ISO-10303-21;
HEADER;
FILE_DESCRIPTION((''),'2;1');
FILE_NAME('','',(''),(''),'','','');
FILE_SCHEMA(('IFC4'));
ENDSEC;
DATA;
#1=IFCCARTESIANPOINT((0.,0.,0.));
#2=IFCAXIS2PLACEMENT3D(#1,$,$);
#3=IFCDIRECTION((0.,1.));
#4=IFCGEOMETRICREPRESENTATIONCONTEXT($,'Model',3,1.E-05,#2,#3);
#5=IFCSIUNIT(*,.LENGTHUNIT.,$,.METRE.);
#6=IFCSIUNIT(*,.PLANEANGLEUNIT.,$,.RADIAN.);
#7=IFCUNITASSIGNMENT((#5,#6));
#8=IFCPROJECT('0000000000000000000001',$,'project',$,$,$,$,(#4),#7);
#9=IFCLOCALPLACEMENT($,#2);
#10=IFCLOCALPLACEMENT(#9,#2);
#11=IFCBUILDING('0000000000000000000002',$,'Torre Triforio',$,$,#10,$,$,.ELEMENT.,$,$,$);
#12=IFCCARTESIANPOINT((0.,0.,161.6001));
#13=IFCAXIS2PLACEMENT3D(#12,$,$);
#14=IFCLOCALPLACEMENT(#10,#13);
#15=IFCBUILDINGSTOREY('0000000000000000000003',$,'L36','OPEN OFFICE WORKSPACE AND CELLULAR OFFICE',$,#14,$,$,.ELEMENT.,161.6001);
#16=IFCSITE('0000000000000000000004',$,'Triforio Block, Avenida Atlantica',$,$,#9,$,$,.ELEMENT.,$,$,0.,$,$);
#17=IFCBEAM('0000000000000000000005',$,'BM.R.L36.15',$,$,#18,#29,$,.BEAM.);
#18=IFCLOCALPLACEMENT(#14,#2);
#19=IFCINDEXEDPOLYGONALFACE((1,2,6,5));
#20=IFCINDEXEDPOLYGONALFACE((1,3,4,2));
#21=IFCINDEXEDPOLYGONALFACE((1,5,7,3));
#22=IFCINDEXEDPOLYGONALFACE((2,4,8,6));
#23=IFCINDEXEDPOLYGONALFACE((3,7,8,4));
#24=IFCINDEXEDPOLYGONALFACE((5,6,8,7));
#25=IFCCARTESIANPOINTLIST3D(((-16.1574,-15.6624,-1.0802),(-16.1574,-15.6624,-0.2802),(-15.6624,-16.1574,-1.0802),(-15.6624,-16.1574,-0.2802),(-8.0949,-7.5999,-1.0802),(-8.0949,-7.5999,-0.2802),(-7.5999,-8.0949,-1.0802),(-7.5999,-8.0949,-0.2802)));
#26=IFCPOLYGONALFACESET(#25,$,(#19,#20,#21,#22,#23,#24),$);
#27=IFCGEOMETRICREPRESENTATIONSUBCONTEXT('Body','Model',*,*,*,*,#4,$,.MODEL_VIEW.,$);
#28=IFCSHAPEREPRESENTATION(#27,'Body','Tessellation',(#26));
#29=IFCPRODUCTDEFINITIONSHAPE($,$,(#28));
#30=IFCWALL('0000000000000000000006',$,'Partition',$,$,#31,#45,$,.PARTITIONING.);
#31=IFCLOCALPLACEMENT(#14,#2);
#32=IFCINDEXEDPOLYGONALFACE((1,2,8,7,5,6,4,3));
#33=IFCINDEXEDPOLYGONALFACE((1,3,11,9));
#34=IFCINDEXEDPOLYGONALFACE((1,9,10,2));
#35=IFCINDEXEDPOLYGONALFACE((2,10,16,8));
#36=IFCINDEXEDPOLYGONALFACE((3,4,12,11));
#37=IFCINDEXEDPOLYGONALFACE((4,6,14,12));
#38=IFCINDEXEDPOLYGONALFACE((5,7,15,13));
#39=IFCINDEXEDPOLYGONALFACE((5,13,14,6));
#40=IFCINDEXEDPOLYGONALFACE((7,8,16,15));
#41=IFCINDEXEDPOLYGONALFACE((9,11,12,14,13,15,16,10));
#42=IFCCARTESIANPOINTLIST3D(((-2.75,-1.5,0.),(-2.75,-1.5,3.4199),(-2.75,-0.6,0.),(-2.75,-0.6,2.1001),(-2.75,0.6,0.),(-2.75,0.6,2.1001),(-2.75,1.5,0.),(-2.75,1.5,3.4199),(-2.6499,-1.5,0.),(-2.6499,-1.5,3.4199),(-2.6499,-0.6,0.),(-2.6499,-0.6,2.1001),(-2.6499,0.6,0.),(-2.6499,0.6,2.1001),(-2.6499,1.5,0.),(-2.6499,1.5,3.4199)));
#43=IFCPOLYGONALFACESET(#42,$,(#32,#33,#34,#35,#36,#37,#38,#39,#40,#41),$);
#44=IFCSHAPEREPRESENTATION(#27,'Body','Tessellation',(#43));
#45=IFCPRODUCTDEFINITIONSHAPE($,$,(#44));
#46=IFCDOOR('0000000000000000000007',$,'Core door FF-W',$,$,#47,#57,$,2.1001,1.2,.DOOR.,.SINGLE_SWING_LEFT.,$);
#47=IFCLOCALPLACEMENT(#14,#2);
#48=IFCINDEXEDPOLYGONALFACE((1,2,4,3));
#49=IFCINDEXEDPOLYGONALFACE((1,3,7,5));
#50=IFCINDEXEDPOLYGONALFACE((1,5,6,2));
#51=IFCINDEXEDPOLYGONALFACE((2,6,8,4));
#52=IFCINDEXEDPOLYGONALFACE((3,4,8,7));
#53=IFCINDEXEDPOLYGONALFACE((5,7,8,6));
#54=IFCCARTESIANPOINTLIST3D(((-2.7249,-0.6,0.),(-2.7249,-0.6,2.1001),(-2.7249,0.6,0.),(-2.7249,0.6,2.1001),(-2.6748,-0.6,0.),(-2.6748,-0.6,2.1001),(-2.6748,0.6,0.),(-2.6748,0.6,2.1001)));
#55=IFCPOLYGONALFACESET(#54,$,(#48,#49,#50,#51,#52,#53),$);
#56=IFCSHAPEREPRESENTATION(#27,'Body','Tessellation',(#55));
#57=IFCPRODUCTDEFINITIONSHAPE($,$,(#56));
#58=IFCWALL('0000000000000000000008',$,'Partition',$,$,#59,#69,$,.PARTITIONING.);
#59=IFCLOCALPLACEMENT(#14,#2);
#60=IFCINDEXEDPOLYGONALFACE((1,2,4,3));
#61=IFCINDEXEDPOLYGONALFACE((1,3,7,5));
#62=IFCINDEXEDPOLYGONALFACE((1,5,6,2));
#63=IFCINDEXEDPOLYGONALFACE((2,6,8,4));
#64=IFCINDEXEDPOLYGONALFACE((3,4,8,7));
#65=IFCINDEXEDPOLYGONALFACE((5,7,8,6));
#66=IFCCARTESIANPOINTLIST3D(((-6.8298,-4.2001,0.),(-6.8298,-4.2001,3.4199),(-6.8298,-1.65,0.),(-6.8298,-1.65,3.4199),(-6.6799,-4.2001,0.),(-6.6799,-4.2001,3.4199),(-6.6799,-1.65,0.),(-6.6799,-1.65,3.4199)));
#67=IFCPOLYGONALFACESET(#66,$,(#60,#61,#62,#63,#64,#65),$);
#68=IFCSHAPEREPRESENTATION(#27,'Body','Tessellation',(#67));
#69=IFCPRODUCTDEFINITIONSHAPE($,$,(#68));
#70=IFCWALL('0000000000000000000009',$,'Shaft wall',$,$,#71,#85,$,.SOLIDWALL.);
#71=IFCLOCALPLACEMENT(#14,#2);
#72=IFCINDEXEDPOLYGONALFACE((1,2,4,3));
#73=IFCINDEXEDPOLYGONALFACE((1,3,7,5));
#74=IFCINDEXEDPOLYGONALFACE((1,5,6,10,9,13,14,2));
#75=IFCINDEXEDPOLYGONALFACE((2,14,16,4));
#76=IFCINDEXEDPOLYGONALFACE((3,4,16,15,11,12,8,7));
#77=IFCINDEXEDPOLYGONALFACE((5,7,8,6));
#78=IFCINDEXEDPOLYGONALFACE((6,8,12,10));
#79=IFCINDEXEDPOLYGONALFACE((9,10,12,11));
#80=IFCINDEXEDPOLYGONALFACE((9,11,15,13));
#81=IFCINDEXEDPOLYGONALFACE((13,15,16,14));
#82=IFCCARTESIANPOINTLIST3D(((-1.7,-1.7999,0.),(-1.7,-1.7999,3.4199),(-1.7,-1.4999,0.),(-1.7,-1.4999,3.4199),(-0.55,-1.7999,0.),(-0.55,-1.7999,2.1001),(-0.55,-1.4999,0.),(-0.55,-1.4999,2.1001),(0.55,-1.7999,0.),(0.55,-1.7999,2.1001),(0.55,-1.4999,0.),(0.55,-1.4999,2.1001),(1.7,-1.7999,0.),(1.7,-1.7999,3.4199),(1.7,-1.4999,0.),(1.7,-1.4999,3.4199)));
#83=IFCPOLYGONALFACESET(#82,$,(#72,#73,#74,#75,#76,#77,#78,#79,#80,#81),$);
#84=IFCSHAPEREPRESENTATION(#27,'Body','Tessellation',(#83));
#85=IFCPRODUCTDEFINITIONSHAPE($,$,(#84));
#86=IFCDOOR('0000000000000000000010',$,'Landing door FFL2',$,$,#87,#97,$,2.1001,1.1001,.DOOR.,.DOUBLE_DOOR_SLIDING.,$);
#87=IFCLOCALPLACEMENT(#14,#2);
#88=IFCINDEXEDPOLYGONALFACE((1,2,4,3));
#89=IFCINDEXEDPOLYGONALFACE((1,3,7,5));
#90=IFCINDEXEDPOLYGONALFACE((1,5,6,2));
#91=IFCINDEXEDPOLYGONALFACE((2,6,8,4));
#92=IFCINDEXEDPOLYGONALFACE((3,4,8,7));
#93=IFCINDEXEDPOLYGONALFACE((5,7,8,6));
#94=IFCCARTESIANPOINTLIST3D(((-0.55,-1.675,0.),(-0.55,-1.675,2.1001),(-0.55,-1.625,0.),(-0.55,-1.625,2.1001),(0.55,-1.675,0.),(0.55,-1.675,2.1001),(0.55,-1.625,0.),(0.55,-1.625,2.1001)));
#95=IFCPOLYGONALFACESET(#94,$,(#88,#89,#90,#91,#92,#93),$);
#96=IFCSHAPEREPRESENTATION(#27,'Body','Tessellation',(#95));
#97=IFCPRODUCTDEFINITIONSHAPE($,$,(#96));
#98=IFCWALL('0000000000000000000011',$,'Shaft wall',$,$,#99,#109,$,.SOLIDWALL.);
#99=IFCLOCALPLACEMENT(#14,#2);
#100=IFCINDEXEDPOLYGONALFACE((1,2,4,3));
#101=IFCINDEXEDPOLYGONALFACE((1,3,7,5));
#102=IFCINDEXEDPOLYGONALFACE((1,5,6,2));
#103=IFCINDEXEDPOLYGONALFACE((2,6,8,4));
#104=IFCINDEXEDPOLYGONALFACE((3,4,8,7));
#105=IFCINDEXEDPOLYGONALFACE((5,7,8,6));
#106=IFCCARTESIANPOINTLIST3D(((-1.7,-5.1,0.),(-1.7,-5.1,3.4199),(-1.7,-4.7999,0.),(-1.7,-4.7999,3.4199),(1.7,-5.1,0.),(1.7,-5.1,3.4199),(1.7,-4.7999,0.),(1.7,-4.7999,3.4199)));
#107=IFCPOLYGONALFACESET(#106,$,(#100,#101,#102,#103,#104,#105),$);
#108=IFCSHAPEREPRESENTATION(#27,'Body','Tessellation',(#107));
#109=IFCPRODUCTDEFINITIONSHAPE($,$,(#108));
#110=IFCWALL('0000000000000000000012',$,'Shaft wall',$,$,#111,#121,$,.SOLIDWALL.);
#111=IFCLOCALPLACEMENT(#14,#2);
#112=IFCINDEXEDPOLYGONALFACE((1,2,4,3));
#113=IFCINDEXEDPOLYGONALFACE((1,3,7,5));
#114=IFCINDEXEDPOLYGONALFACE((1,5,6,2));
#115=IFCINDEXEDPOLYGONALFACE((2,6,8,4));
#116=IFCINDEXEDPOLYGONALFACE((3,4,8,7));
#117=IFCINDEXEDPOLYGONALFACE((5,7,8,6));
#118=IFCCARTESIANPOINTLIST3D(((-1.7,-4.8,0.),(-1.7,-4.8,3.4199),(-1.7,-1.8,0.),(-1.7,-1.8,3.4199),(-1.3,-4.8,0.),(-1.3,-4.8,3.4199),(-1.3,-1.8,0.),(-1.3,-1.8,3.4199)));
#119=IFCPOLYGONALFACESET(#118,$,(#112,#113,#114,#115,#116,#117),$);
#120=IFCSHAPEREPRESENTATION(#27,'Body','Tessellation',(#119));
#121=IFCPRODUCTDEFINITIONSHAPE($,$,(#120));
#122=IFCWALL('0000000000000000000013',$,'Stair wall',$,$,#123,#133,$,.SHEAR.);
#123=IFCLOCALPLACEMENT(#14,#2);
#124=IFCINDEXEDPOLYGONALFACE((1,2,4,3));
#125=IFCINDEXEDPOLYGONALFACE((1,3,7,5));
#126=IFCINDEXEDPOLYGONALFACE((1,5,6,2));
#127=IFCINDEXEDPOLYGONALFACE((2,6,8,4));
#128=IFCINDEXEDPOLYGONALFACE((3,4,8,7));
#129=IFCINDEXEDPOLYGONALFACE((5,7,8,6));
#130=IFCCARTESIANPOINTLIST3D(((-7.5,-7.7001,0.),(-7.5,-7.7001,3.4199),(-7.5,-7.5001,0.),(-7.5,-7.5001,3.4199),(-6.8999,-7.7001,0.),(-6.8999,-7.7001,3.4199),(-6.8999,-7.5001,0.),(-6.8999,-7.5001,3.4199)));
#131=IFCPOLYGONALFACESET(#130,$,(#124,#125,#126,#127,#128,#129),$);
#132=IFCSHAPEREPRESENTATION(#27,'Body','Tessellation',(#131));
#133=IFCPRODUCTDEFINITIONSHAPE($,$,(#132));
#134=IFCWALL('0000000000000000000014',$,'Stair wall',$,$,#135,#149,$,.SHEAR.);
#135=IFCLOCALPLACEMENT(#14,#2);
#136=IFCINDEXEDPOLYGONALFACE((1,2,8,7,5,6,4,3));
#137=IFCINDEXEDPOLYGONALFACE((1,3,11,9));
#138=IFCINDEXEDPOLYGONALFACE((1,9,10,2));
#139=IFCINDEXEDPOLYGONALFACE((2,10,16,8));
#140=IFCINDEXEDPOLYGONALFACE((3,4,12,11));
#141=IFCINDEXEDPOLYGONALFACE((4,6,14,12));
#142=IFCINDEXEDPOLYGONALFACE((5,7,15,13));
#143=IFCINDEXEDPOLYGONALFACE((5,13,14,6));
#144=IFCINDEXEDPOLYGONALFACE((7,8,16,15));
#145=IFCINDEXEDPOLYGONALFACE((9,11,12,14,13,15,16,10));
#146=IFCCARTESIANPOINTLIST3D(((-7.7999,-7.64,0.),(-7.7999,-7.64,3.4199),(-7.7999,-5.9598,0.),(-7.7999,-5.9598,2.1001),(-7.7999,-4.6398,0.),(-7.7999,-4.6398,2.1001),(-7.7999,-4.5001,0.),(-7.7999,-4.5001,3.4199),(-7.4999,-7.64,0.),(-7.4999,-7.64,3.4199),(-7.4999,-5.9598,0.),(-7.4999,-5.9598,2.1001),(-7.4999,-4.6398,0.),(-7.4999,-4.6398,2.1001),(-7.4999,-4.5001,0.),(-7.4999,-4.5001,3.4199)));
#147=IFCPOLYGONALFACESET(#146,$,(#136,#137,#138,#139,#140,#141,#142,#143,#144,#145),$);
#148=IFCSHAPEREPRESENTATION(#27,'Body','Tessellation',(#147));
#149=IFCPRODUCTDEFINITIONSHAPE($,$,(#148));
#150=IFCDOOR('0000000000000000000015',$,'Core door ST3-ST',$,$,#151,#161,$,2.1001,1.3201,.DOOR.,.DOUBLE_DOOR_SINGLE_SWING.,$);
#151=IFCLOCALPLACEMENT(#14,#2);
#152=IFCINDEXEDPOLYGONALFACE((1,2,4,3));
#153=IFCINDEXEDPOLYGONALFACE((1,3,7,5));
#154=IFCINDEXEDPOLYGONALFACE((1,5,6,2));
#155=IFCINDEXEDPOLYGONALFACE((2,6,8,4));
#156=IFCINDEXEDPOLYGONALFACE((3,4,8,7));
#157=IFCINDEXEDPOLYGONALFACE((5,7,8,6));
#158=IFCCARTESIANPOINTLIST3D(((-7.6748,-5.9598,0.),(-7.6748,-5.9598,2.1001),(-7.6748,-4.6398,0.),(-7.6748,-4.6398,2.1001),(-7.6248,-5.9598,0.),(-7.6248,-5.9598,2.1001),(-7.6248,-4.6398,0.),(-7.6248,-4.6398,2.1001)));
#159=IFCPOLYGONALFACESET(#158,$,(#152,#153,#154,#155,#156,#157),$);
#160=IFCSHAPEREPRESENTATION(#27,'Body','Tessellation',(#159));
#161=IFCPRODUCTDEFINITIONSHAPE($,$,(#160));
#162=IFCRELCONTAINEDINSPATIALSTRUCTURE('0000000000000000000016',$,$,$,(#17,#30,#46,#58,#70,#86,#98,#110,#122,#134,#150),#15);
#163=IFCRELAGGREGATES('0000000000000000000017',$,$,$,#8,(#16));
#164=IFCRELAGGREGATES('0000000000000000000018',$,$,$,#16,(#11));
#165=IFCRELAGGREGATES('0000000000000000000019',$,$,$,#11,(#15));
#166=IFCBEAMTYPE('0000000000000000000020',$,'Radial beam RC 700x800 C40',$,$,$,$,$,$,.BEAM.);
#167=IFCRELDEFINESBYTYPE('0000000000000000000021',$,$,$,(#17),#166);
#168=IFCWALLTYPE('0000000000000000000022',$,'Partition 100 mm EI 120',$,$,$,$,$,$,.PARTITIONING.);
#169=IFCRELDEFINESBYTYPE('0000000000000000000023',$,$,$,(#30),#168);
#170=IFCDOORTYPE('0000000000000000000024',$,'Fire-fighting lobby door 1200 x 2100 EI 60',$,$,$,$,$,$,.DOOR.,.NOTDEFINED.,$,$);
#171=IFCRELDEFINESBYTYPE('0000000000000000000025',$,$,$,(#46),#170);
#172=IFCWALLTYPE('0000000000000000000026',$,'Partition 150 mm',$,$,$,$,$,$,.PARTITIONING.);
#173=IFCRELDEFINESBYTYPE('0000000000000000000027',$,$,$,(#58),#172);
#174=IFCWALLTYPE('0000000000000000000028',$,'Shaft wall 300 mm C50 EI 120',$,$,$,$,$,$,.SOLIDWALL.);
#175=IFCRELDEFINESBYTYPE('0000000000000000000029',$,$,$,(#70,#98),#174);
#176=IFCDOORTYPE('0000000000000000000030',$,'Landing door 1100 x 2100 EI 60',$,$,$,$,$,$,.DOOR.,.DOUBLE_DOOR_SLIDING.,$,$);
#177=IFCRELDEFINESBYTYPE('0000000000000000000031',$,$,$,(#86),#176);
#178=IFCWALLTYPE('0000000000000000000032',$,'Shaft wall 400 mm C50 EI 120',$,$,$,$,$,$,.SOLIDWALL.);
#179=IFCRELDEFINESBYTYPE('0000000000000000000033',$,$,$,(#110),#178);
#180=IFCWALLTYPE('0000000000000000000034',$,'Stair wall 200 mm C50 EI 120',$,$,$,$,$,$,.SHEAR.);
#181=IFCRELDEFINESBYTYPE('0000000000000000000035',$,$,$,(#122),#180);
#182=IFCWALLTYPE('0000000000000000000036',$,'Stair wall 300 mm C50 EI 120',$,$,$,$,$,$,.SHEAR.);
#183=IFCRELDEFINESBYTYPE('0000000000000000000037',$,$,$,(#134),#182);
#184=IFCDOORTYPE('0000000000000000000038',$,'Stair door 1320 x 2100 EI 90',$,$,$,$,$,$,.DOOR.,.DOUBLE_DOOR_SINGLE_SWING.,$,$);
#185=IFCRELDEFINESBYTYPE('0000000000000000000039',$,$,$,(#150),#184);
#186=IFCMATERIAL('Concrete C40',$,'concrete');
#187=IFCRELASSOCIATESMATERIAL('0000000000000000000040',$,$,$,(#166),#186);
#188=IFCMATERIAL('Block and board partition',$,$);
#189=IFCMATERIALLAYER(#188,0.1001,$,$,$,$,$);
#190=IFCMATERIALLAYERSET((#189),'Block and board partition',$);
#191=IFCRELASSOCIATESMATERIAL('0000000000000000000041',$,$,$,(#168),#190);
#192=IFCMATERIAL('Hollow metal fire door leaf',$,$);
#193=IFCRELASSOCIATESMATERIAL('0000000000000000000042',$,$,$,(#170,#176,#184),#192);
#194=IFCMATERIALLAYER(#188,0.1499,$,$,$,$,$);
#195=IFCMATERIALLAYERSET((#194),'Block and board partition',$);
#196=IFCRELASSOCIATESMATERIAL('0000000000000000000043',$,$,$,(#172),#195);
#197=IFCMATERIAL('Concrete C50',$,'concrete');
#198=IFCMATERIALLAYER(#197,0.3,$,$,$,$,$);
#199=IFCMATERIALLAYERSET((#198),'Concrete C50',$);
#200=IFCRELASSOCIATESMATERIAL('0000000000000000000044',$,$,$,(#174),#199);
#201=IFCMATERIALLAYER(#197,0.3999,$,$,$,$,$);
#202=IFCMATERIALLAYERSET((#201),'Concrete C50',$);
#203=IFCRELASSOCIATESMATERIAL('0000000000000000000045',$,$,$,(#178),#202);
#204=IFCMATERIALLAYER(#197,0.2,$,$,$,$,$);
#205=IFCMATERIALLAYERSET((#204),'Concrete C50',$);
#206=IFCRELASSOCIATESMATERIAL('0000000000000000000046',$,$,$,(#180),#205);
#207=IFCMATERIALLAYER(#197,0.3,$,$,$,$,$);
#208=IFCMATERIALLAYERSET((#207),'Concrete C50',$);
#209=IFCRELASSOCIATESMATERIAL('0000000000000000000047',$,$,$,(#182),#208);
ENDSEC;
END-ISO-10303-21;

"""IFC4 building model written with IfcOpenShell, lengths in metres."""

from ifc_helpers import new_model, si_unit, direction, frame, frame_2d, origin, origin_2d, place, context, subcontext, project, spatial, rectangle, extrude, material, layer, layer_set, material_profile, profile_set, type_object, element, fill, save


model = new_model("IFC4")

# Units and contexts
model_context = context("Model", 3, precision=1e-05, world=origin(), true_north=direction((0.0, 1.0)))
body_context = subcontext(model_context, "Body", "Model", "MODEL_VIEW")
ifc_project = project(units=[si_unit("LENGTHUNIT", "METRE"), si_unit("PLANEANGLEUNIT", "RADIAN")], contexts=[model_context])

# Site, building, storey
site_placement = place(None, origin())
site = spatial("IfcSite", under=ifc_project, at=site_placement, Name="Triforio Block, Avenida Atlantica", CompositionType="ELEMENT", RefElevation=0.0)
building_placement = place(site_placement, origin())
building = spatial("IfcBuilding", under=site, at=building_placement, Name="Torre Triforio", CompositionType="ELEMENT")
storey_placement = place(building_placement, frame((0.0, 0.0, 161.6001)))
storey = spatial("IfcBuildingStorey", under=building, at=storey_placement, Name="L36", Description="OPEN OFFICE WORKSPACE AND CELLULAR OFFICE", CompositionType="ELEMENT", Elevation=161.6001)

# Beam
ifc_material_1 = material(Name="Concrete C40", Category="concrete")
ifc_material_profile = material_profile(ifc_material_1, rectangle(XDim=0.7, YDim=0.8, at=origin_2d()), Name="RC 700x800")
ifc_profile_set = profile_set([ifc_material_profile], Name="Concrete C40")
beam_type = type_object("IfcBeamType", Name="Radial beam RC 700x800 C40", PredefinedType="BEAM", material=ifc_profile_set)
beam_placement = place(storey_placement, frame((-7.8474, -7.8474, -0.6802), z_axis=(-0.707107, -0.707107, 0.0), x_axis=(0.707107, -0.707107, 0.0)))
element("IfcBeam", 1, at=beam_placement, inside=storey, type_object=beam_type, Name="BM.R.L36.15", PredefinedType="BEAM", context=body_context, shape_type="SweptSolid", body=[
    extrude(rectangle(XDim=0.7, YDim=0.8, at=origin_2d()), origin(), (0.0, 0.0, 1.0), 11.4021),
])

# Wall, opening, door
ifc_material_2 = material(Name="Block and board partition")
ifc_layer_1 = layer(ifc_material_2, 0.1001)
ifc_layer_set_1 = layer_set([ifc_layer_1], Name="Block and board partition")
wall_type_1 = type_object("IfcWallType", Name="Partition 100 mm EI 120", PredefinedType="PARTITIONING", material=ifc_layer_set_1)
wall_1_placement = place(storey_placement, frame((-2.7, -1.5, 0.0), z_axis=(0.0, 0.0, 1.0), x_axis=(0.0, 1.0, 0.0)))
wall_1 = element("IfcWall", 2, at=wall_1_placement, inside=storey, type_object=wall_type_1, Name="Partition", PredefinedType="PARTITIONING", context=body_context, shape_type="SweptSolid", body=[
    extrude(rectangle(XDim=3.0, YDim=0.1001, at=frame_2d((1.5, 0.0))), origin(), (0.0, 0.0, 1.0), 3.4199),
])
opening_1_placement = place(wall_1_placement, frame((0.8999, 0.0, 0.0)))
opening_1 = element("IfcOpeningElement", 3, at=opening_1_placement, cuts=wall_1, PredefinedType="OPENING", context=body_context, shape_type="SweptSolid", body=[
    extrude(rectangle(XDim=1.2, YDim=2.1001, at=frame_2d((0.6001, 1.05))), frame((0.0, 0.0601, 0.0), z_axis=(0.0, -1.0, 0.0), x_axis=(1.0, 0.0, 0.0)), (0.0, 0.0, 1.0), 0.1201),
])
ifc_material_3 = material(Name="Hollow metal fire door leaf")
door_type_1 = type_object("IfcDoorType", Name="Fire-fighting lobby door 1200 x 2100 EI 60", OperationType="NOTDEFINED", PredefinedType="DOOR", material=ifc_material_3)
door_1_placement = place(opening_1_placement, origin())
door_1 = element("IfcDoor", 4, at=door_1_placement, inside=storey, type_object=door_type_1, Name="Core door FF-W", OperationType="SINGLE_SWING_LEFT", OverallHeight=2.1001, OverallWidth=1.2, PredefinedType="DOOR", context=body_context, shape_type="SweptSolid", body=[
    extrude(rectangle(XDim=1.2, YDim=2.1001, at=frame_2d((0.6001, 1.05))), frame((0.0, 0.0249, 0.0), z_axis=(0.0, -1.0, 0.0), x_axis=(1.0, 0.0, 0.0)), (0.0, 0.0, 1.0), 0.05),
])
fill(opening_1, door_1)

# Wall
ifc_layer_2 = layer(ifc_material_2, 0.1499)
ifc_layer_set_2 = layer_set([ifc_layer_2], Name="Block and board partition")
wall_type_2 = type_object("IfcWallType", Name="Partition 150 mm", PredefinedType="PARTITIONING", material=ifc_layer_set_2)
wall_2_placement = place(storey_placement, frame((-6.7549, -4.2, 0.0), z_axis=(0.0, 0.0, 1.0), x_axis=(0.0, 1.0, 0.0)))
element("IfcWall", 5, at=wall_2_placement, inside=storey, type_object=wall_type_2, Name="Partition", PredefinedType="PARTITIONING", context=body_context, shape_type="SweptSolid", body=[
    extrude(rectangle(XDim=2.55, YDim=0.1499, at=frame_2d((1.2749, 0.0))), origin(), (0.0, 0.0, 1.0), 3.4199),
])

# Wall, opening, door
ifc_material_4 = material(Name="Concrete C50", Category="concrete")
ifc_layer_3 = layer(ifc_material_4, 0.3)
ifc_layer_set_3 = layer_set([ifc_layer_3], Name="Concrete C50")
wall_type_3 = type_object("IfcWallType", Name="Shaft wall 300 mm C50 EI 120", PredefinedType="SOLIDWALL", material=ifc_layer_set_3)
wall_3_placement = place(storey_placement, frame((-1.7, -1.6499, 0.0), z_axis=(0.0, 0.0, 1.0), x_axis=(1.0, 0.0, 0.0)))
wall_3 = element("IfcWall", 6, at=wall_3_placement, inside=storey, type_object=wall_type_3, Name="Shaft wall", PredefinedType="SOLIDWALL", context=body_context, shape_type="SweptSolid", body=[
    extrude(rectangle(XDim=3.3999, YDim=0.3, at=frame_2d((1.7, 0.0))), origin(), (0.0, 0.0, 1.0), 3.4199),
])
opening_2_placement = place(wall_3_placement, frame((1.1499, 0.0, 0.0)))
opening_2 = element("IfcOpeningElement", 7, at=opening_2_placement, cuts=wall_3, PredefinedType="OPENING", context=body_context, shape_type="SweptSolid", body=[
    extrude(rectangle(XDim=1.1001, YDim=2.1001, at=frame_2d((0.55, 1.05))), frame((0.0, 0.1599, 0.0), z_axis=(0.0, -1.0, 0.0), x_axis=(1.0, 0.0, 0.0)), (0.0, 0.0, 1.0), 0.3201),
])
door_type_2 = type_object("IfcDoorType", Name="Landing door 1100 x 2100 EI 60", OperationType="DOUBLE_DOOR_SLIDING", PredefinedType="DOOR", material=ifc_material_3)
door_2_placement = place(opening_2_placement, origin())
door_2 = element("IfcDoor", 8, at=door_2_placement, inside=storey, type_object=door_type_2, Name="Landing door FFL2", OperationType="DOUBLE_DOOR_SLIDING", OverallHeight=2.1001, OverallWidth=1.1001, PredefinedType="DOOR", context=body_context, shape_type="SweptSolid", body=[
    extrude(rectangle(XDim=1.1001, YDim=2.1001, at=frame_2d((0.55, 1.05))), frame((0.0, 0.0249, 0.0), z_axis=(0.0, -1.0, 0.0), x_axis=(1.0, 0.0, 0.0)), (0.0, 0.0, 1.0), 0.05),
])
fill(opening_2, door_2)

# Walls
wall_4_placement = place(storey_placement, frame((-1.7, -4.95, 0.0), z_axis=(0.0, 0.0, 1.0), x_axis=(1.0, 0.0, 0.0)))
element("IfcWall", 9, at=wall_4_placement, inside=storey, type_object=wall_type_3, Name="Shaft wall", PredefinedType="SOLIDWALL", context=body_context, shape_type="SweptSolid", body=[
    extrude(rectangle(XDim=3.3999, YDim=0.3, at=frame_2d((1.7, 0.0))), origin(), (0.0, 0.0, 1.0), 3.4199),
])
ifc_layer_4 = layer(ifc_material_4, 0.3999)
ifc_layer_set_4 = layer_set([ifc_layer_4], Name="Concrete C50")
wall_type_4 = type_object("IfcWallType", Name="Shaft wall 400 mm C50 EI 120", PredefinedType="SOLIDWALL", material=ifc_layer_set_4)
wall_5_placement = place(storey_placement, frame((-1.5, -4.8, 0.0), z_axis=(0.0, 0.0, 1.0), x_axis=(0.0, 1.0, 0.0)))
element("IfcWall", 10, at=wall_5_placement, inside=storey, type_object=wall_type_4, Name="Shaft wall", PredefinedType="SOLIDWALL", context=body_context, shape_type="SweptSolid", body=[
    extrude(rectangle(XDim=3.0, YDim=0.3999, at=frame_2d((1.5, 0.0))), origin(), (0.0, 0.0, 1.0), 3.4199),
])
ifc_layer_5 = layer(ifc_material_4, 0.2)
ifc_layer_set_5 = layer_set([ifc_layer_5], Name="Concrete C50")
wall_type_5 = type_object("IfcWallType", Name="Stair wall 200 mm C50 EI 120", PredefinedType="SHEAR", material=ifc_layer_set_5)
wall_6_placement = place(storey_placement, frame((-7.5, -7.6001, 0.0), z_axis=(0.0, 0.0, 1.0), x_axis=(1.0, 0.0, 0.0)))
element("IfcWall", 11, at=wall_6_placement, inside=storey, type_object=wall_type_5, Name="Stair wall", PredefinedType="SHEAR", context=body_context, shape_type="SweptSolid", body=[
    extrude(rectangle(XDim=0.6001, YDim=0.2, at=frame_2d((0.3, 0.0))), origin(), (0.0, 0.0, 1.0), 3.4199),
])

# Wall, opening, door
ifc_layer_6 = layer(ifc_material_4, 0.3)
ifc_layer_set_6 = layer_set([ifc_layer_6], Name="Concrete C50")
wall_type_6 = type_object("IfcWallType", Name="Stair wall 300 mm C50 EI 120", PredefinedType="SHEAR", material=ifc_layer_set_6)
wall_7_placement = place(storey_placement, frame((-7.6499, -7.6399, 0.0), z_axis=(0.0, 0.0, 1.0), x_axis=(0.0, 1.0, 0.0)))
wall_7 = element("IfcWall", 12, at=wall_7_placement, inside=storey, type_object=wall_type_6, Name="Stair wall", PredefinedType="SHEAR", context=body_context, shape_type="SweptSolid", body=[
    extrude(rectangle(XDim=3.1399, YDim=0.3, at=frame_2d((1.5698, 0.0))), origin(), (0.0, 0.0, 1.0), 3.4199),
])
opening_3_placement = place(wall_7_placement, frame((1.6799, 0.0, 0.0)))
opening_3 = element("IfcOpeningElement", 13, at=opening_3_placement, cuts=wall_7, PredefinedType="OPENING", context=body_context, shape_type="SweptSolid", body=[
    extrude(rectangle(XDim=1.3201, YDim=2.1001, at=frame_2d((0.6602, 1.05))), frame((0.0, 0.1599, 0.0), z_axis=(0.0, -1.0, 0.0), x_axis=(1.0, 0.0, 0.0)), (0.0, 0.0, 1.0), 0.3201),
])
door_type_3 = type_object("IfcDoorType", Name="Stair door 1320 x 2100 EI 90", OperationType="DOUBLE_DOOR_SINGLE_SWING", PredefinedType="DOOR", material=ifc_material_3)
door_3_placement = place(opening_3_placement, origin())
door_3 = element("IfcDoor", 14, at=door_3_placement, inside=storey, type_object=door_type_3, Name="Core door ST3-ST", OperationType="DOUBLE_DOOR_SINGLE_SWING", OverallHeight=2.1001, OverallWidth=1.3201, PredefinedType="DOOR", context=body_context, shape_type="SweptSolid", body=[
    extrude(rectangle(XDim=1.3201, YDim=2.1001, at=frame_2d((0.6602, 1.05))), frame((0.0, 0.0249, 0.0), z_axis=(0.0, -1.0, 0.0), x_axis=(1.0, 0.0, 0.0)), (0.0, 0.0, 1.0), 0.05),
])
fill(opening_3, door_3)

save(model, "model.ifc")
